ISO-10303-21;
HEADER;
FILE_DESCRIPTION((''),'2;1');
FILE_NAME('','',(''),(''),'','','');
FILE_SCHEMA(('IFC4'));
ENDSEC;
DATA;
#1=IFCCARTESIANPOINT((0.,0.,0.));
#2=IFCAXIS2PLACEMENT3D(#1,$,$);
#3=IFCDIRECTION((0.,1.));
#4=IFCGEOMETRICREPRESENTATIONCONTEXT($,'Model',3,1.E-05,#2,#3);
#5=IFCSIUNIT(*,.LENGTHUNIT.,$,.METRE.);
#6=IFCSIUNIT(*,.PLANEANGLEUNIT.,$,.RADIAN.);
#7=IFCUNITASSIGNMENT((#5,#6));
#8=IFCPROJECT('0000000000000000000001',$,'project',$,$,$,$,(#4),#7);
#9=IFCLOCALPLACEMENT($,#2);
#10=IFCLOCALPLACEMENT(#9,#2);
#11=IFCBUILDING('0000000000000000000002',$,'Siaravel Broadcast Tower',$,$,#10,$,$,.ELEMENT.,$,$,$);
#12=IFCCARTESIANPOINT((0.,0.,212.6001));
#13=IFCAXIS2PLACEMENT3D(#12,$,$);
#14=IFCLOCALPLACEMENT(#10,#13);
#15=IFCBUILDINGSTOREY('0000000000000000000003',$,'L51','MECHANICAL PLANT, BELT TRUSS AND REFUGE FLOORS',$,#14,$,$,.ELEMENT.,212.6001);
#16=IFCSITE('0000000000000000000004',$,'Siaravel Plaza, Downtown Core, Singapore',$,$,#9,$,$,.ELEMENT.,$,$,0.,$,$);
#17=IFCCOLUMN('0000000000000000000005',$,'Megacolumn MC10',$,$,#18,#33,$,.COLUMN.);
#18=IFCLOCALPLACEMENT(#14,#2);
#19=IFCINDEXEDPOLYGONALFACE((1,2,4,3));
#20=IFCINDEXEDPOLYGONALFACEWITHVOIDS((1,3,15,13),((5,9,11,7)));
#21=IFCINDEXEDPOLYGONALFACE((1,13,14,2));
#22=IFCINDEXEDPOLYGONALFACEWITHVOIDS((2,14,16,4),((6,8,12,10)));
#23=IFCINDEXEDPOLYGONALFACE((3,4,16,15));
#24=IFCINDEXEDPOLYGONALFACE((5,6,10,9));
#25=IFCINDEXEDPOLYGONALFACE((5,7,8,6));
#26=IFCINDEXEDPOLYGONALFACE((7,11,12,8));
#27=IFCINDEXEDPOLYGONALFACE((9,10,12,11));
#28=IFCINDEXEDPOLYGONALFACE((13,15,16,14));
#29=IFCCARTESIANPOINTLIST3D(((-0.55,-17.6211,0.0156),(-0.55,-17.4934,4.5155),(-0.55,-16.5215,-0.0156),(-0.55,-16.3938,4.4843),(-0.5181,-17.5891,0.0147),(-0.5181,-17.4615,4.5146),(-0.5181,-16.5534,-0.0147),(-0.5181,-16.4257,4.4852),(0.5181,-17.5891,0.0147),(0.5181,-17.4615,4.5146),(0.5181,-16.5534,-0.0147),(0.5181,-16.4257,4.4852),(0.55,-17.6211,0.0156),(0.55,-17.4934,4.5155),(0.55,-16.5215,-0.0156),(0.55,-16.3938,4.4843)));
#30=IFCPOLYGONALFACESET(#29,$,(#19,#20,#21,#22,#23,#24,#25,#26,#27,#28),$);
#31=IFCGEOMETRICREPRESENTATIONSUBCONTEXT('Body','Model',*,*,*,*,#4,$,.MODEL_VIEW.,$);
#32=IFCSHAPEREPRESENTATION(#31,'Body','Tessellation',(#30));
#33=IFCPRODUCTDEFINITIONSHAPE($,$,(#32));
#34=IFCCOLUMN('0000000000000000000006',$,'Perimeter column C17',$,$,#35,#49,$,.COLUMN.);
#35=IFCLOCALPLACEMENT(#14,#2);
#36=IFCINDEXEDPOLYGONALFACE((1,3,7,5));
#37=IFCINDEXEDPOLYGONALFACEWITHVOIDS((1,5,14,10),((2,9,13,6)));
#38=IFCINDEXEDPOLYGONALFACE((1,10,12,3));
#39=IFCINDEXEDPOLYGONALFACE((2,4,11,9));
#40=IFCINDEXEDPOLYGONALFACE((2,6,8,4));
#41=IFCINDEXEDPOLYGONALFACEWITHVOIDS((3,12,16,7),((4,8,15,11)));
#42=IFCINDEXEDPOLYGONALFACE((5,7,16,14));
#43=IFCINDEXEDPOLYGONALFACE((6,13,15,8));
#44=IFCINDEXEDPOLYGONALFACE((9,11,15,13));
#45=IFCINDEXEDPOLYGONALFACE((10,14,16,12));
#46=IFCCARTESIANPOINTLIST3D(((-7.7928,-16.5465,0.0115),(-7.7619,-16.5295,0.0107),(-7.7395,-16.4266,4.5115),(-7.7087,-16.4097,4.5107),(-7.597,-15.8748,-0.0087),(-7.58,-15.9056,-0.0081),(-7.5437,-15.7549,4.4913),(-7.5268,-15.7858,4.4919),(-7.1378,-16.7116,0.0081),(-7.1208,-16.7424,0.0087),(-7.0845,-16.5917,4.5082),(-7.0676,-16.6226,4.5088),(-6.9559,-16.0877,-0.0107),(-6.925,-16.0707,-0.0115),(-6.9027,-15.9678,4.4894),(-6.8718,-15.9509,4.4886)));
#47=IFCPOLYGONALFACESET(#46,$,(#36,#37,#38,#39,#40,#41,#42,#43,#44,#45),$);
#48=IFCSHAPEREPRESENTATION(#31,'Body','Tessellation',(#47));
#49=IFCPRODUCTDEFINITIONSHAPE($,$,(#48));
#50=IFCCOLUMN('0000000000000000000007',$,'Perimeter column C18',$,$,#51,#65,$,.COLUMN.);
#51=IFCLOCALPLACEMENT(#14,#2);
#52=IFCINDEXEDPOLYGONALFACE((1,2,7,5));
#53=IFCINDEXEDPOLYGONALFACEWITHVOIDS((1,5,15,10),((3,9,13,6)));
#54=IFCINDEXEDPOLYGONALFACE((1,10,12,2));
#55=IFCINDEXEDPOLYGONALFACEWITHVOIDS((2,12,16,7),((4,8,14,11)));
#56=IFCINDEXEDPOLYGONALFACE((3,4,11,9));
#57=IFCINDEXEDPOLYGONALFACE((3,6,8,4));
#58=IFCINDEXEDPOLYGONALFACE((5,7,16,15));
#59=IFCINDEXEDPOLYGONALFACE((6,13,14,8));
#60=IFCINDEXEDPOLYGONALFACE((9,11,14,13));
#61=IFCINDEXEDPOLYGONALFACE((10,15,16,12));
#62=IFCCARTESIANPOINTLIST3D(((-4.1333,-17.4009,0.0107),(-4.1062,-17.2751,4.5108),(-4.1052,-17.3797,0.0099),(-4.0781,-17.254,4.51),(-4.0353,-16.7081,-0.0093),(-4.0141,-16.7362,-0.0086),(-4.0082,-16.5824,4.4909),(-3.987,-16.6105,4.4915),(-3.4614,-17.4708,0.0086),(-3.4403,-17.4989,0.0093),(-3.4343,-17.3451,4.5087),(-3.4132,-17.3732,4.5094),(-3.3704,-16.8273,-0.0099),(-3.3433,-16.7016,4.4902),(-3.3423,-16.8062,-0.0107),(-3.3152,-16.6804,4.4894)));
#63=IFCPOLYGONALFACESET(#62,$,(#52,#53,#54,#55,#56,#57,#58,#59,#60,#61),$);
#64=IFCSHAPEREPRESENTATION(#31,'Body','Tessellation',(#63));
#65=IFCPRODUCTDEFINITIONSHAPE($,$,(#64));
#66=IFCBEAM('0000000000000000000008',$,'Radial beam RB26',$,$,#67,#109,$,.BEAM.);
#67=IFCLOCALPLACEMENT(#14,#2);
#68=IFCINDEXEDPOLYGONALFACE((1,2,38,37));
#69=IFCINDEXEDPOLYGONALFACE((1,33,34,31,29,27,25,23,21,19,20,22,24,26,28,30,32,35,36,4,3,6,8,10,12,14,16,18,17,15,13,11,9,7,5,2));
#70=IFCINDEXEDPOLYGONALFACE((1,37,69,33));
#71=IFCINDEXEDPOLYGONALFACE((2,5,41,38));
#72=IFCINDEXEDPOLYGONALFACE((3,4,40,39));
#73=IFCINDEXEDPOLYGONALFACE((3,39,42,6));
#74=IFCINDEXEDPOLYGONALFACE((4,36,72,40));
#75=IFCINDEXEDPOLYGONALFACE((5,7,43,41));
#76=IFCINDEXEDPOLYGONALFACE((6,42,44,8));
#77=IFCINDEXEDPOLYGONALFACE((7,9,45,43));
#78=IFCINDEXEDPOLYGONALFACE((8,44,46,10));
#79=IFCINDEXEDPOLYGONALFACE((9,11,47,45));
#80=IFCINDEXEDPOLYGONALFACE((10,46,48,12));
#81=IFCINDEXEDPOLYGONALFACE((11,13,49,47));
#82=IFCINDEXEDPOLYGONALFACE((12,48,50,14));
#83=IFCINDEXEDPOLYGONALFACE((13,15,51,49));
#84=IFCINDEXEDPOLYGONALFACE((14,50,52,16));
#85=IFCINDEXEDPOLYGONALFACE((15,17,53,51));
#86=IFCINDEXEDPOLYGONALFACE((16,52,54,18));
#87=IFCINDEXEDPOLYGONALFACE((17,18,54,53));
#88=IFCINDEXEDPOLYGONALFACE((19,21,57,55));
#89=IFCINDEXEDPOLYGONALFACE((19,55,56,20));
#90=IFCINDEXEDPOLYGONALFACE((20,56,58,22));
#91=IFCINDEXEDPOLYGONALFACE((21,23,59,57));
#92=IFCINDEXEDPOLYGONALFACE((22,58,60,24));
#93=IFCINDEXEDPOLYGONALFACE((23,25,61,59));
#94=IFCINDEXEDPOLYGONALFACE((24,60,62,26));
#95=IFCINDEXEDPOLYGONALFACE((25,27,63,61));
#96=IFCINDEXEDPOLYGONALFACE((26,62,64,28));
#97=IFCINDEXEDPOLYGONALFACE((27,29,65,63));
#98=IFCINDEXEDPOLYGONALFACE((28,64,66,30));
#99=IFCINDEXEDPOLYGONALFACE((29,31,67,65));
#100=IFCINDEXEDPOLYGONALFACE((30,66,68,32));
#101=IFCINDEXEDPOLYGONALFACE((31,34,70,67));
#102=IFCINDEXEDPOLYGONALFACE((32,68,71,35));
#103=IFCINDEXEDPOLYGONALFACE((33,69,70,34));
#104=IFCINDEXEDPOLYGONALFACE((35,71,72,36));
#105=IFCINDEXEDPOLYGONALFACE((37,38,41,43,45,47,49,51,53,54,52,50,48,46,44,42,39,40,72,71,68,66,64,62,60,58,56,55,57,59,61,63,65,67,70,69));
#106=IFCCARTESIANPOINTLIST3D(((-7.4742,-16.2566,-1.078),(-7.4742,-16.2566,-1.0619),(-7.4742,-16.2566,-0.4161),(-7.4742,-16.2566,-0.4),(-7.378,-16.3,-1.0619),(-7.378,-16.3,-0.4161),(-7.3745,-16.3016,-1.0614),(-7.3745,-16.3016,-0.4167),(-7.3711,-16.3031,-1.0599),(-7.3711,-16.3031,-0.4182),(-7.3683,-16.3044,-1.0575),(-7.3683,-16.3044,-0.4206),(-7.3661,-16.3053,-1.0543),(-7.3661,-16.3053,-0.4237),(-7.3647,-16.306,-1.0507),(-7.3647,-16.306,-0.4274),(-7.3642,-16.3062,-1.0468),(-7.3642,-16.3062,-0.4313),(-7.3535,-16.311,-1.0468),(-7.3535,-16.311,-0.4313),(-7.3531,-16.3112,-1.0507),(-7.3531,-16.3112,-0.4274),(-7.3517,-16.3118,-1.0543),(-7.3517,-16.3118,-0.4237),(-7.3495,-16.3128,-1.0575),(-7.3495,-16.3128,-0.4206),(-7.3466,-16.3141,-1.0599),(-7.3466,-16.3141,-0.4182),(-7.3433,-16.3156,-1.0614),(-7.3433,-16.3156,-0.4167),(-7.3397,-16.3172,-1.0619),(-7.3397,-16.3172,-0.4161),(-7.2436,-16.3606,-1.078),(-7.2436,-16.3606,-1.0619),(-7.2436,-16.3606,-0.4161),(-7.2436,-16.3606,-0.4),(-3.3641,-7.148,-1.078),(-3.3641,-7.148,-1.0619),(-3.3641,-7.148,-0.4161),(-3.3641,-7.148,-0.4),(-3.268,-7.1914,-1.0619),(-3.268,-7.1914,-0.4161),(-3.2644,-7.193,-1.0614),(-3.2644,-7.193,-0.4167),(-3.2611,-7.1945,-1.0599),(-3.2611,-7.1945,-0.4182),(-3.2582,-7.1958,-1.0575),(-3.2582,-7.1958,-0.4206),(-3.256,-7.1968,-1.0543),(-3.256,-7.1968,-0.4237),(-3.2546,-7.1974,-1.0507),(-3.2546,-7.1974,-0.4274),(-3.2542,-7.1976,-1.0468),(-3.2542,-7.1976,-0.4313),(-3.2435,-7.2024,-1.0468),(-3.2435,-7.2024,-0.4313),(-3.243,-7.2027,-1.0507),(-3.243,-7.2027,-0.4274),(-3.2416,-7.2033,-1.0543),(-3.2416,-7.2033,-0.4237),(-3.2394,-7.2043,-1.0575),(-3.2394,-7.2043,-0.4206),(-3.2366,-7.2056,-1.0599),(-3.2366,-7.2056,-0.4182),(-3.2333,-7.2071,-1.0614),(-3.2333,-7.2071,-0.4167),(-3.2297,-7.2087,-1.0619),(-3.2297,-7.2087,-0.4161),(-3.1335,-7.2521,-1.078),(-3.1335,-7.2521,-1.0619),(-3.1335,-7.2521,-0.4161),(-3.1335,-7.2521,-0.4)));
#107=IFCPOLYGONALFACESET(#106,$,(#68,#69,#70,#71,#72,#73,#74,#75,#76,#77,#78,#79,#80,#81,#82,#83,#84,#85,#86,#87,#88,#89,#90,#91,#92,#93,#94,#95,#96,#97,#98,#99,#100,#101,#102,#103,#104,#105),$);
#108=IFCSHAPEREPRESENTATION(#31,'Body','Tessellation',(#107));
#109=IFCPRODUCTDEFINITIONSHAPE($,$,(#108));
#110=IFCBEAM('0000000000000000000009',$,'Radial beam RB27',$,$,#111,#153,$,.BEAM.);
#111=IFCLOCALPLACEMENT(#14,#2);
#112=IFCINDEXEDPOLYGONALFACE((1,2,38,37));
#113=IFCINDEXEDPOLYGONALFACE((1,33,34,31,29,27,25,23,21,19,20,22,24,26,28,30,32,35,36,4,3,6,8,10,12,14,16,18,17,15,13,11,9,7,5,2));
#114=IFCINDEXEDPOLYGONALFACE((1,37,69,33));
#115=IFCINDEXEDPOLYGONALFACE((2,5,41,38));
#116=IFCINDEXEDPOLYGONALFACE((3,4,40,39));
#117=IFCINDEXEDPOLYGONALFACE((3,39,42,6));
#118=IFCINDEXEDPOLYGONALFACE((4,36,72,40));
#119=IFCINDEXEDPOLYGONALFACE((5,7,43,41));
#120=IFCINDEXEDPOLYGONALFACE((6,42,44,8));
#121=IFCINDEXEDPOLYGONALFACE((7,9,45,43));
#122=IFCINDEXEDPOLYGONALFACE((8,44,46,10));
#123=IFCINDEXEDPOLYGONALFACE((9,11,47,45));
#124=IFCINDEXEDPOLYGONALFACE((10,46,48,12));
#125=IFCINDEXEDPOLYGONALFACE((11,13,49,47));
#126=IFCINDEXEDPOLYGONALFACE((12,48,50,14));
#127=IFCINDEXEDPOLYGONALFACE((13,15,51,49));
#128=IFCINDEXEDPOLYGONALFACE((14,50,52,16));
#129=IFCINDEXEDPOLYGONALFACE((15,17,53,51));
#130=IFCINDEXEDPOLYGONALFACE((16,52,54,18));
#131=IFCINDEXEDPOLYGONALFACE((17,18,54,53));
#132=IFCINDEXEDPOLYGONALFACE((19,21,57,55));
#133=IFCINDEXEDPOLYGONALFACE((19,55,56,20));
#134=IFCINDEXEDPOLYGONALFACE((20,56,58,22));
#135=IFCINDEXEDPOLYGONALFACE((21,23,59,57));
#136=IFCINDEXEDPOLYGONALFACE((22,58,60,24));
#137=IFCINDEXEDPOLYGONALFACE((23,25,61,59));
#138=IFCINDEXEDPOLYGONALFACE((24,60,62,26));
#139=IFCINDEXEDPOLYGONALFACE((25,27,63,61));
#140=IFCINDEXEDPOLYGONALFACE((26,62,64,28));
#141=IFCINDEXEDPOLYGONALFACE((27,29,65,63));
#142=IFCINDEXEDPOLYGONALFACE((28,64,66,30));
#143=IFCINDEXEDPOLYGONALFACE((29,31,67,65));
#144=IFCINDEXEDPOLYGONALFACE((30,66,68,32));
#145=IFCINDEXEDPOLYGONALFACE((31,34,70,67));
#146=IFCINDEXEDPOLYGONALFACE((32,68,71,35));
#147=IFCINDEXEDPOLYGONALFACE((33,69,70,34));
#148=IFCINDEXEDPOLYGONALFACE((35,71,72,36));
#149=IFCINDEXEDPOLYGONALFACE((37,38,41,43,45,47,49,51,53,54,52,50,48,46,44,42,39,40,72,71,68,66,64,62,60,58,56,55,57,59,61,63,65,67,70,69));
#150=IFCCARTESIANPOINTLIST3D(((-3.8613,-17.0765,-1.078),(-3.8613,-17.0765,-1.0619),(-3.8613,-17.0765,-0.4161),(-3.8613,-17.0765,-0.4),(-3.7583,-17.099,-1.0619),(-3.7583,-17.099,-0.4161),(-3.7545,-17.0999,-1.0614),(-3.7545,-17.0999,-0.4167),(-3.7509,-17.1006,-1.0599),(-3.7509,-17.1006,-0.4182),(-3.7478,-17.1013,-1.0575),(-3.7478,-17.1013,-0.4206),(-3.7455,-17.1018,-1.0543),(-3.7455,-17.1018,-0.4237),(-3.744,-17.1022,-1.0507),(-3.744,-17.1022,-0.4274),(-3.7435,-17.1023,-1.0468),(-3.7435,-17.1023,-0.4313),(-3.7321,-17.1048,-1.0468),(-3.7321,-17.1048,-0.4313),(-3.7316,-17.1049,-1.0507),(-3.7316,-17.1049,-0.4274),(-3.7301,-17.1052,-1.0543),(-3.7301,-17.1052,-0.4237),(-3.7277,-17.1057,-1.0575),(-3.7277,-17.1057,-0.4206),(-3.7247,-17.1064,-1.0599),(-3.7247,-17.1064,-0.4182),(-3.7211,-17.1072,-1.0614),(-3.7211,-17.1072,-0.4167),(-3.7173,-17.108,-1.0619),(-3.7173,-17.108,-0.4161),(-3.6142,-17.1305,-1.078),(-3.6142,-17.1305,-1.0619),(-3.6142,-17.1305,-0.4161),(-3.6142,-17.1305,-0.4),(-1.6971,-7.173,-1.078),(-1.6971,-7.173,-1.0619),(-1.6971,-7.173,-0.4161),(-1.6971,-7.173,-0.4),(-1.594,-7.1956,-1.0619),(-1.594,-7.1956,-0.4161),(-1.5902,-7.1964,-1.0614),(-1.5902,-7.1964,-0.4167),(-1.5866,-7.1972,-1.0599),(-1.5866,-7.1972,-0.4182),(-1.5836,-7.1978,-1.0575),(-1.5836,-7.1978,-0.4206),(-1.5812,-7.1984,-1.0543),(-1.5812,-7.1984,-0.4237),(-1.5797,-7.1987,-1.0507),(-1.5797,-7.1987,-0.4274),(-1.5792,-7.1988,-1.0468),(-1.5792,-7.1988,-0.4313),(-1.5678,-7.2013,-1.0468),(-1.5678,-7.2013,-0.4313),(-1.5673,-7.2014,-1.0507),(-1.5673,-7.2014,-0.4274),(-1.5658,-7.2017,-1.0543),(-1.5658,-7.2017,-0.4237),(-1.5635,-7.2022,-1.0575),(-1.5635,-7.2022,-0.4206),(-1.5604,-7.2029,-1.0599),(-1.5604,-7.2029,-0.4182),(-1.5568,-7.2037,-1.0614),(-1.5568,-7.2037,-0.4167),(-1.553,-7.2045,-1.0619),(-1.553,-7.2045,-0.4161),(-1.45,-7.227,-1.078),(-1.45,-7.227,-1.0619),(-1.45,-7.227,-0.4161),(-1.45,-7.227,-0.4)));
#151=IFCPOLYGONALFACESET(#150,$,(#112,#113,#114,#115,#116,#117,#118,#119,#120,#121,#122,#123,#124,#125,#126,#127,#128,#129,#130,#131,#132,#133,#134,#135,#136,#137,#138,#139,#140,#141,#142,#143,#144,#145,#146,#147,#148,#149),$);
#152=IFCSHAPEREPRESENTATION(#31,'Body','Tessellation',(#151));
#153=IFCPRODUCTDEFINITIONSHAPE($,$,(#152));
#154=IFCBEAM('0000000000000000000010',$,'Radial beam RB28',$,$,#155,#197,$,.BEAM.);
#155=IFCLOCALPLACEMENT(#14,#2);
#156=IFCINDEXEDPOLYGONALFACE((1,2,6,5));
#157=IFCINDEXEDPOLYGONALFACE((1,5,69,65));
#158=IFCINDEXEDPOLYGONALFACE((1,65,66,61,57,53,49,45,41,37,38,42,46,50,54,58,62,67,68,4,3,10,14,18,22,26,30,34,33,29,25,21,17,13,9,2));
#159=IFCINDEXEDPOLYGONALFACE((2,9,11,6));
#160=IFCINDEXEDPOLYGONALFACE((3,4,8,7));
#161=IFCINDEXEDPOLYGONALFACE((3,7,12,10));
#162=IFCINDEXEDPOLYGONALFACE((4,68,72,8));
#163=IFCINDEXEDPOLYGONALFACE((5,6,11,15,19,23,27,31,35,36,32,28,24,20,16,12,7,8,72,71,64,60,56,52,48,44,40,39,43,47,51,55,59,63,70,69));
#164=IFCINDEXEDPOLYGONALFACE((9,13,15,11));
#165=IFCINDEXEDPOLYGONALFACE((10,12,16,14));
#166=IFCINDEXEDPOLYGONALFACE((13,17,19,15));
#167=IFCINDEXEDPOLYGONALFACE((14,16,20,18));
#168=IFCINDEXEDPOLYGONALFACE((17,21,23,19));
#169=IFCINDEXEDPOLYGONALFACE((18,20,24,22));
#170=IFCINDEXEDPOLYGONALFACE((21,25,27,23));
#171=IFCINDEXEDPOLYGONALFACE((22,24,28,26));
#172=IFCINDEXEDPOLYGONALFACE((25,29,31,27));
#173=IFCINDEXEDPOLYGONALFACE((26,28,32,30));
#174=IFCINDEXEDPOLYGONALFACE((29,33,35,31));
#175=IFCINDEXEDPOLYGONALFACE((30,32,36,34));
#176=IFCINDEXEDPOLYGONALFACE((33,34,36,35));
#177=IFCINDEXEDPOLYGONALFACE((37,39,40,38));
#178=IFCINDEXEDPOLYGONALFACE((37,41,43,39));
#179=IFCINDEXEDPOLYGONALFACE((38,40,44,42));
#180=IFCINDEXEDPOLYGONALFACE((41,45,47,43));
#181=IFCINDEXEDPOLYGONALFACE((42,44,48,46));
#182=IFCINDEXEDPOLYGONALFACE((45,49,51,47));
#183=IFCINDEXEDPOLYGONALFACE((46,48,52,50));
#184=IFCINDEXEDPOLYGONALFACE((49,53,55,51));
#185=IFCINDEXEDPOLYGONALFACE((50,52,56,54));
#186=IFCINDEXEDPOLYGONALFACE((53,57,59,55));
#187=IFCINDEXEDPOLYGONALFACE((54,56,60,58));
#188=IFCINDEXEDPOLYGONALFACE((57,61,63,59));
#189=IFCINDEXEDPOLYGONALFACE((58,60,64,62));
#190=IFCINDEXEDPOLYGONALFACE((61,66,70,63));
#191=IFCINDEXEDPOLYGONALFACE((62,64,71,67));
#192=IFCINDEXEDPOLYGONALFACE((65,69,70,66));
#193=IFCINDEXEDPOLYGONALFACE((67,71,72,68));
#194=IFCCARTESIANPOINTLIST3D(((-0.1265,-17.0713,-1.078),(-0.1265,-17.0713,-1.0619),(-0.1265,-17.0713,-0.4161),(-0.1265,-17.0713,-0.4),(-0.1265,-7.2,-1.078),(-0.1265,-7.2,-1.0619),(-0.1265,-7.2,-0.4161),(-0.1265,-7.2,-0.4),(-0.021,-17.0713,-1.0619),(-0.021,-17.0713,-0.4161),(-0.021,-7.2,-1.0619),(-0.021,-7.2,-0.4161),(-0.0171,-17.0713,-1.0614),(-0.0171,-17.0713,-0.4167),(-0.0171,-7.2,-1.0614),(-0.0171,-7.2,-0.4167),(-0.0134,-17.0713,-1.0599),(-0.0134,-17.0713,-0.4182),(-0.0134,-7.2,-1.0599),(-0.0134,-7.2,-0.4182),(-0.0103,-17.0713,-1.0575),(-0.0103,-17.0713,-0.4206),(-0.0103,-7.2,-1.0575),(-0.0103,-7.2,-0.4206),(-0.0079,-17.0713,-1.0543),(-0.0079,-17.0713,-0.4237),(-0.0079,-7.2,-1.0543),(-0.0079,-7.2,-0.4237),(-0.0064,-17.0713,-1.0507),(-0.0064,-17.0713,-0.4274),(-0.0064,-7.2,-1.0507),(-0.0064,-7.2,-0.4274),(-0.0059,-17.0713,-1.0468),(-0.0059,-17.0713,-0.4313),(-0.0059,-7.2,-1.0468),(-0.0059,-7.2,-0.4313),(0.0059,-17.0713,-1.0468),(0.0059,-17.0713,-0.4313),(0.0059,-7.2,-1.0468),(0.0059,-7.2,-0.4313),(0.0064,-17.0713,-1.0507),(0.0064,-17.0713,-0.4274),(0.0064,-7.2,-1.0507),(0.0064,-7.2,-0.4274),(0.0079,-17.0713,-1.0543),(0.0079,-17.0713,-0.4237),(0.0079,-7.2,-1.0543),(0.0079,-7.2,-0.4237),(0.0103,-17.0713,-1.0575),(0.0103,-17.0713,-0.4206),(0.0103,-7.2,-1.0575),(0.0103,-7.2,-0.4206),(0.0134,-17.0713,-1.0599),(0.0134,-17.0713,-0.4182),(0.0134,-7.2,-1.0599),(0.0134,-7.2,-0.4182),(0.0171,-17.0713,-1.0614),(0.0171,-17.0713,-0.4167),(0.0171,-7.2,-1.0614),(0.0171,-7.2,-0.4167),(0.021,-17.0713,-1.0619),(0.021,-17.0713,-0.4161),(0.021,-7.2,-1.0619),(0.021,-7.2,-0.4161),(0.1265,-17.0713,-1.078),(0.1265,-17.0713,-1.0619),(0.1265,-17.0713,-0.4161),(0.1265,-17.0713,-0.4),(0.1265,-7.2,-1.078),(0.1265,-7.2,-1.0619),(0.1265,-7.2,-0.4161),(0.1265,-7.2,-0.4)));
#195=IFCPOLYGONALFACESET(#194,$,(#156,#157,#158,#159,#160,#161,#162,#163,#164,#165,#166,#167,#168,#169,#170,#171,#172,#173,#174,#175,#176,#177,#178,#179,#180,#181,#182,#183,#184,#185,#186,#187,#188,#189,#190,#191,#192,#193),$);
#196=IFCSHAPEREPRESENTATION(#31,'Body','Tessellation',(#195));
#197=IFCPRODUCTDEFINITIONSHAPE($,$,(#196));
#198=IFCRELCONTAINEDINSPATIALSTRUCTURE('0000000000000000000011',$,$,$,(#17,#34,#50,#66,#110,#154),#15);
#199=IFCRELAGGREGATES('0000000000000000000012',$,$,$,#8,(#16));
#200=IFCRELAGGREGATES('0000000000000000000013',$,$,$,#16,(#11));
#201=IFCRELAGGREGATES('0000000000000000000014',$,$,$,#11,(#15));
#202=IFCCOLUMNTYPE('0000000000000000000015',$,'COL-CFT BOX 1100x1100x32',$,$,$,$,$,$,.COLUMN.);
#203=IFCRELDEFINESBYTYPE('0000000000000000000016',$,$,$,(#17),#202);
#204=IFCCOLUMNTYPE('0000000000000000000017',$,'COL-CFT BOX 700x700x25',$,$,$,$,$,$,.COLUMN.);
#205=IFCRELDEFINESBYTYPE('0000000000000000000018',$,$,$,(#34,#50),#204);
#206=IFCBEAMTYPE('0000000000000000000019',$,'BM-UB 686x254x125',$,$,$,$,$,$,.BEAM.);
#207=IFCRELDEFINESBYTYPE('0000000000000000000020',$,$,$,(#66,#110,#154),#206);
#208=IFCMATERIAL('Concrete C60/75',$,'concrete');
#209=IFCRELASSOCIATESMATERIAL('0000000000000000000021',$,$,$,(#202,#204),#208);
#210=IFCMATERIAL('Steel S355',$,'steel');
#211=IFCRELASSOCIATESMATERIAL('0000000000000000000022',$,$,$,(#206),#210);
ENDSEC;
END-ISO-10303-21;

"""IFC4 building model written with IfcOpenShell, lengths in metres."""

from ifc_helpers import new_model, si_unit, direction, frame, origin, origin_2d, place, context, subcontext, project, spatial, hollow_rectangle, i_section, extrude, material, material_profile, profile_set, type_object, element, save


model = new_model("IFC4")

# Units and contexts
model_context = context("Model", 3, precision=1e-05, world=origin(), true_north=direction((0.0, 1.0)))
body_context = subcontext(model_context, "Body", "Model", "MODEL_VIEW")
ifc_project = project(units=[si_unit("LENGTHUNIT", "METRE"), si_unit("PLANEANGLEUNIT", "RADIAN")], contexts=[model_context])

# Site, building, storey
site_placement = place(None, origin())
site = spatial("IfcSite", under=ifc_project, at=site_placement, Name="Siaravel Plaza, Downtown Core, Singapore", CompositionType="ELEMENT", RefElevation=0.0)
building_placement = place(site_placement, origin())
building = spatial("IfcBuilding", under=site, at=building_placement, Name="Siaravel Broadcast Tower", CompositionType="ELEMENT")
storey_placement = place(building_placement, frame((0.0, 0.0, 212.6001)))
storey = spatial("IfcBuildingStorey", under=building, at=storey_placement, Name="L51", Description="MECHANICAL PLANT, BELT TRUSS AND REFUGE FLOORS", CompositionType="ELEMENT", Elevation=212.6001)

# Columns
ifc_material_1 = material(Name="Concrete C60/75", Category="concrete")
ifc_material_profile_1 = material_profile(ifc_material_1, hollow_rectangle(XDim=1.1001, YDim=1.1001, WallThickness=0.032, at=origin_2d()))
ifc_profile_set_1 = profile_set([ifc_material_profile_1], Name="Concrete C60/75")
column_type_1 = type_object("IfcColumnType", Name="COL-CFT BOX 1100x1100x32", PredefinedType="COLUMN", material=ifc_profile_set_1)
column_placement = place(storey_placement, frame((0.0, -17.0713, 0.0), z_axis=(0.0, 0.028363, 0.999598), x_axis=(-1.0, 0.0, 0.0)))
element("IfcColumn", 1, at=column_placement, inside=storey, type_object=column_type_1, Name="Megacolumn MC10", PredefinedType="COLUMN", context=body_context, shape_type="SweptSolid", body=[
    extrude(hollow_rectangle(XDim=1.1001, YDim=1.1001, WallThickness=0.032, at=origin_2d()), origin(), (0.0, 0.0, 1.0), 4.5017),
])
ifc_material_profile_2 = material_profile(ifc_material_1, hollow_rectangle(XDim=0.7, YDim=0.7, WallThickness=0.0249, at=origin_2d()))
ifc_profile_set_2 = profile_set([ifc_material_profile_2], Name="Concrete C60/75")
column_type_2 = type_object("IfcColumnType", Name="COL-CFT BOX 700x700x25", PredefinedType="COLUMN", material=ifc_profile_set_2)
for number, where, z_axis, x_axis, name in (
    (2, (-7.3589, -16.3086, 0.0), (0.011822, 0.026627, 0.999576), (-0.959998, 0.279979, 0.003896), "Perimeter column C17"),
    (3, (-3.7378, -17.1035, 0.0), (0.00602, 0.027929, 0.999592), (-0.990132, 0.14012, 0.002048), "Perimeter column C18"),
):
    element("IfcColumn", number, at=place(storey_placement, frame(where, z_axis=z_axis, x_axis=x_axis)), inside=storey, type_object=column_type_2, Name=name, PredefinedType="COLUMN", context=body_context, shape_type="SweptSolid", body=[
        extrude(hollow_rectangle(XDim=0.7, YDim=0.7, WallThickness=0.0249, at=origin_2d()), origin(), (0.0, 0.0, 1.0), 4.502),
    ])

# Beams
ifc_material_2 = material(Name="Steel S355", Category="steel")
ifc_material_profile_3 = material_profile(ifc_material_2, i_section(OverallWidth=0.2529, OverallDepth=0.678, WebThickness=0.0117, FlangeThickness=0.0161, FilletRadius=0.0151, at=origin_2d()))
ifc_profile_set_3 = profile_set([ifc_material_profile_3], Name="Steel S355")
beam_type_1 = type_object("IfcBeamType", Name="BM-UB 686x254x125", PredefinedType="BEAM", material=ifc_profile_set_3)
beam_1_placement = place(storey_placement, frame((-7.3589, -16.3086, -0.739), z_axis=(0.411298, 0.911501, 0.0), x_axis=(-0.911501, 0.411298, 0.0)))
element("IfcBeam", 4, at=beam_1_placement, inside=storey, type_object=beam_type_1, Name="Radial beam RB26", PredefinedType="BEAM", context=body_context, shape_type="SweptSolid", body=[
    extrude(i_section(OverallWidth=0.2529, OverallDepth=0.678, WebThickness=0.0117, FlangeThickness=0.0161, FilletRadius=0.0151, at=origin_2d()), origin(), (0.0, 0.0, 1.0), 9.9929),
])
beam_2_placement = place(storey_placement, frame((-3.7378, -17.1035, -0.739), z_axis=(0.213499, 0.976943, 0.0), x_axis=(-0.976943, 0.213499, 0.0)))
element("IfcBeam", 5, at=beam_2_placement, inside=storey, type_object=beam_type_1, Name="Radial beam RB27", PredefinedType="BEAM", context=body_context, shape_type="SweptSolid", body=[
    extrude(i_section(OverallWidth=0.2529, OverallDepth=0.678, WebThickness=0.0117, FlangeThickness=0.0161, FilletRadius=0.0151, at=origin_2d()), origin(), (0.0, 0.0, 1.0), 10.1372),
])
beam_3_placement = place(storey_placement, frame((0.0, -17.0713, -0.739), z_axis=(0.0, 1.0, 0.0), x_axis=(-1.0, 0.0, 0.0)))
element("IfcBeam", 6, at=beam_3_placement, inside=storey, type_object=beam_type_1, Name="Radial beam RB28", PredefinedType="BEAM", context=body_context, shape_type="SweptSolid", body=[
    extrude(i_section(OverallWidth=0.2529, OverallDepth=0.678, WebThickness=0.0117, FlangeThickness=0.0161, FilletRadius=0.0151, at=origin_2d()), origin(), (0.0, 0.0, 1.0), 9.8713),
])

save(model, "model.ifc")
